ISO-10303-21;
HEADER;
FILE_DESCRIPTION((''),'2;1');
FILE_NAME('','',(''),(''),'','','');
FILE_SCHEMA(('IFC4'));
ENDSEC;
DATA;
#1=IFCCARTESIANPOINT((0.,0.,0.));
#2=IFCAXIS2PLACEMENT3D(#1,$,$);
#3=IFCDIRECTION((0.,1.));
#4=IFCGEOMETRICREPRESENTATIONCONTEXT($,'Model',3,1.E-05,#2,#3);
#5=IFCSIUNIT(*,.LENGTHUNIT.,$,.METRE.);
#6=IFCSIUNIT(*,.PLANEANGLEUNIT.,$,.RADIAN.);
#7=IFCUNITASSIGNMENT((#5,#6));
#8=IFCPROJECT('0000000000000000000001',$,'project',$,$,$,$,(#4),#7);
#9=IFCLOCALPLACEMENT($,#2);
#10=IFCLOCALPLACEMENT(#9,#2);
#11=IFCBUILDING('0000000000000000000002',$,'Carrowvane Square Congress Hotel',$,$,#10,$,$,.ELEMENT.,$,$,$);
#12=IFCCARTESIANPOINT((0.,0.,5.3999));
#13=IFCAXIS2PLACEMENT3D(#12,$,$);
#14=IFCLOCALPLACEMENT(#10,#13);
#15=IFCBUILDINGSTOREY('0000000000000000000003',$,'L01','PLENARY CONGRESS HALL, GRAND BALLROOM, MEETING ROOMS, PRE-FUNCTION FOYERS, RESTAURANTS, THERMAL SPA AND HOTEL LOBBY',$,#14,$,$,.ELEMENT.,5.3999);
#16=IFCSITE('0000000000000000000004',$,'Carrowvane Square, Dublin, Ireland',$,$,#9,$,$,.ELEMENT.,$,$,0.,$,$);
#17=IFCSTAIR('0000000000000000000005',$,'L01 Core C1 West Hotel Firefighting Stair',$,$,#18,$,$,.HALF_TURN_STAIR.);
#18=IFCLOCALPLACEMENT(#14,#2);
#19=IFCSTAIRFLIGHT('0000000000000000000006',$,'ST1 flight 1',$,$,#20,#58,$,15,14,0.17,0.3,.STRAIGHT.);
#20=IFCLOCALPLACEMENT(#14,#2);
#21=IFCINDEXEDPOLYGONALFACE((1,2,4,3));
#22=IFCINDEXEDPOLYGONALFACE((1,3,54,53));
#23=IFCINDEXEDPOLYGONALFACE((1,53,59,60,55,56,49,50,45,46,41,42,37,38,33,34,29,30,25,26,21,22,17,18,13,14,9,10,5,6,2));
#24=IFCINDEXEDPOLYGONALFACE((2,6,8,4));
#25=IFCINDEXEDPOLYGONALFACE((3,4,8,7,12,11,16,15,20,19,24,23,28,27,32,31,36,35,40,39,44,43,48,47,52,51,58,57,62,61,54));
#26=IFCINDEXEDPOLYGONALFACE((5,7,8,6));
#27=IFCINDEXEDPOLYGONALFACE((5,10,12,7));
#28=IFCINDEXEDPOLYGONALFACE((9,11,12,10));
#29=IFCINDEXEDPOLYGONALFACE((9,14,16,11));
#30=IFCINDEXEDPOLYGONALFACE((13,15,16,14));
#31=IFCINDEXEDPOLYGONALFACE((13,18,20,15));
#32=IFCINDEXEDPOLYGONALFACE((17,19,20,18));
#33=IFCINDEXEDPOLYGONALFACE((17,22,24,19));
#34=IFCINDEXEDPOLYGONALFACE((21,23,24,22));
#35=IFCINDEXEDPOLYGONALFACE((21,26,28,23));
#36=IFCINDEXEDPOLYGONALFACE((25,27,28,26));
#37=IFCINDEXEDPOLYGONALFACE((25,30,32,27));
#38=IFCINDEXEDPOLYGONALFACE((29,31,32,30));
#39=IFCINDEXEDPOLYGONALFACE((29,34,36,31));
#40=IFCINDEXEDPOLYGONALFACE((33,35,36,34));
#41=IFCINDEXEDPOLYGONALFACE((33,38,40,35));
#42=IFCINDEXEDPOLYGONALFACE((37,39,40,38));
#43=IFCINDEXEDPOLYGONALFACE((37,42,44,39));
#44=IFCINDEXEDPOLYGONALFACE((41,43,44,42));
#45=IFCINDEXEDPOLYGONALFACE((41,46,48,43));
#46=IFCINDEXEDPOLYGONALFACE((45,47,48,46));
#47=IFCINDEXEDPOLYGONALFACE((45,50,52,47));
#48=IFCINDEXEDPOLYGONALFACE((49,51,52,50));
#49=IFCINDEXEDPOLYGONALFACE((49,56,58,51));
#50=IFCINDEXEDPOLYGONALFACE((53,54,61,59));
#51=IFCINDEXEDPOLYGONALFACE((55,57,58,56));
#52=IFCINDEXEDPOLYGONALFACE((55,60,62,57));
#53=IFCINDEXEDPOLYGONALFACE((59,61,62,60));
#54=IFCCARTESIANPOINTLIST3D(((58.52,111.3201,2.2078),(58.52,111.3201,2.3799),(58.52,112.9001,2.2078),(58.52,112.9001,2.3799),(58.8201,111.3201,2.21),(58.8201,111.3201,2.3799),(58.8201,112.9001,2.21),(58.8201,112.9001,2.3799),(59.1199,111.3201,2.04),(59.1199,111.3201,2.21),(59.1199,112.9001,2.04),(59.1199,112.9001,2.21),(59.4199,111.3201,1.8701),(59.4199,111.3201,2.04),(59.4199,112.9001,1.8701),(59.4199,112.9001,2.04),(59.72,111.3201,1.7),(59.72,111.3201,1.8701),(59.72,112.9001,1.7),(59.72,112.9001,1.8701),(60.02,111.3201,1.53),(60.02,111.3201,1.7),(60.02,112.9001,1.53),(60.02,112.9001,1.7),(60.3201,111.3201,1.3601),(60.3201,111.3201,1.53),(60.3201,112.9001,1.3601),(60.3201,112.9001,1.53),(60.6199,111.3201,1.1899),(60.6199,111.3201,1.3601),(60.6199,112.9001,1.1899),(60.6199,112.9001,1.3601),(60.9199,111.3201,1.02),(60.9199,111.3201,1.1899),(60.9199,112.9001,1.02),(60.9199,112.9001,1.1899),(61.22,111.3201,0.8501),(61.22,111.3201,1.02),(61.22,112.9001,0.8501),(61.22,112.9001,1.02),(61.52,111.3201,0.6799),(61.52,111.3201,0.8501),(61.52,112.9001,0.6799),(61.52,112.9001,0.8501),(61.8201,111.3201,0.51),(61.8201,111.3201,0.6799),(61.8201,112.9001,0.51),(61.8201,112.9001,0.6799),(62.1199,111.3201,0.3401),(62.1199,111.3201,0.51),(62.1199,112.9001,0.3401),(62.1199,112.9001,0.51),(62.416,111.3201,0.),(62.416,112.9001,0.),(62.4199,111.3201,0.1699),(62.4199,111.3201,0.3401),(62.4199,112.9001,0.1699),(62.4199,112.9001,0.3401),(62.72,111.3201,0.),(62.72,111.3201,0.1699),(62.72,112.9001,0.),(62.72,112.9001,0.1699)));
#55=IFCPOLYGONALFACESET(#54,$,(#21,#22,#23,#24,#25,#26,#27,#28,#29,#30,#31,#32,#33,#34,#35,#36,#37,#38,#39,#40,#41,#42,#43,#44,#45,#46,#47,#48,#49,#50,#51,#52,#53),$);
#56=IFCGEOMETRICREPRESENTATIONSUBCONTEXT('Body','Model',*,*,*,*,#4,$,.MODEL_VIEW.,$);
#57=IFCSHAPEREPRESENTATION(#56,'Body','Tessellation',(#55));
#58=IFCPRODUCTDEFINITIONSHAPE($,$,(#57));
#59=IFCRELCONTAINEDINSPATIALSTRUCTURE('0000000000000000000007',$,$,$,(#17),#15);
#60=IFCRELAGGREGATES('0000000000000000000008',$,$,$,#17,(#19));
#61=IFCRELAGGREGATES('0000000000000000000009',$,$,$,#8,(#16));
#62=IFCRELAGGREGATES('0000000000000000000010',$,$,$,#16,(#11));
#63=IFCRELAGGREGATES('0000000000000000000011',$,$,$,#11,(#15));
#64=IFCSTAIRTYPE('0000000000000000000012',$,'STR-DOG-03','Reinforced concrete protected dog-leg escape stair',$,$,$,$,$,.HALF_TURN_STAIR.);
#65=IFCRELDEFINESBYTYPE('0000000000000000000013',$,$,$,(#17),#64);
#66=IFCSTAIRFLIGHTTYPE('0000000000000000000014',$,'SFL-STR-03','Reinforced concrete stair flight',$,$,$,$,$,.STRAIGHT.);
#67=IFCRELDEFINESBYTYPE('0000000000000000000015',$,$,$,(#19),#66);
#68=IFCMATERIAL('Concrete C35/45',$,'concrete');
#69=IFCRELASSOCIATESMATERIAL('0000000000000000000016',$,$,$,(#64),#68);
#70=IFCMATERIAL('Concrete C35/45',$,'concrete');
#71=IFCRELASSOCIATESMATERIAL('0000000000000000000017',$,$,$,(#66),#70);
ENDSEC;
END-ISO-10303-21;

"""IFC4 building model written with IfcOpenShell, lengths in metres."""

from ifc_helpers import new_model, si_unit, direction, frame, origin, place, context, subcontext, project, spatial, polyline, outline, extrude, material, type_object, element, aggregate, save


model = new_model("IFC4")

# Units and contexts
model_context = context("Model", 3, precision=1e-05, world=origin(), true_north=direction((0.0, 1.0)))
body_context = subcontext(model_context, "Body", "Model", "MODEL_VIEW")
ifc_project = project(units=[si_unit("LENGTHUNIT", "METRE"), si_unit("PLANEANGLEUNIT", "RADIAN")], contexts=[model_context])

# Site, building, storey
site_placement = place(None, origin())
site = spatial("IfcSite", under=ifc_project, at=site_placement, Name="Carrowvane Square, Dublin, Ireland", CompositionType="ELEMENT", RefElevation=0.0)
building_placement = place(site_placement, origin())
building = spatial("IfcBuilding", under=site, at=building_placement, Name="Carrowvane Square Congress Hotel", CompositionType="ELEMENT")
storey_placement = place(building_placement, frame((0.0, 0.0, 5.3999)))
storey = spatial("IfcBuildingStorey", under=building, at=storey_placement, Name="L01", Description="PLENARY CONGRESS HALL, GRAND BALLROOM, MEETING ROOMS, PRE-FUNCTION FOYERS, RESTAURANTS, THERMAL SPA AND HOTEL LOBBY", CompositionType="ELEMENT", Elevation=5.3999)

# Stair, stair flight
ifc_material_1 = material(Name="Concrete C35/45", Category="concrete")
stair_type = type_object("IfcStairType", Name="STR-DOG-03", Description="Reinforced concrete protected dog-leg escape stair", PredefinedType="HALF_TURN_STAIR", material=ifc_material_1)
stair_placement = place(storey_placement, origin())
stair = element("IfcStair", 1, at=stair_placement, inside=storey, type_object=stair_type, Name="L01 Core C1 West Hotel Firefighting Stair", PredefinedType="HALF_TURN_STAIR")
ifc_material_2 = material(Name="Concrete C35/45", Category="concrete")
stair_flight_type = type_object("IfcStairFlightType", Name="SFL-STR-03", Description="Reinforced concrete stair flight", PredefinedType="STRAIGHT", material=ifc_material_2)
stair_flight_placement = place(storey_placement, frame((62.72, 112.1101, 0.0), z_axis=(0.0, 0.0, 1.0), x_axis=(-1.0, 0.0, 0.0)))
stair_flight = element("IfcStairFlight", 2, at=stair_flight_placement, type_object=stair_flight_type, Name="ST1 flight 1", NumberOfRisers=15, NumberOfTreads=14, PredefinedType="STRAIGHT", RiserHeight=0.17, TreadLength=0.3, context=body_context, shape_type="SweptSolid", body=[
    extrude(outline(polyline([(0.0, 0.0), (0.0, 0.1699), (0.3, 0.1699), (0.3, 0.3401), (0.6001, 0.3401), (0.6001, 0.51), (0.8999, 0.51), (0.8999, 0.6799), (1.2, 0.6799), (1.2, 0.8501), (1.5, 0.8501), (1.5, 1.02), (1.8, 1.02), (1.8, 1.1899), (2.1001, 1.1899), (2.1001, 1.3601), (2.3999, 1.3601), (2.3999, 1.53), (2.7, 1.53), (2.7, 1.7), (3.0, 1.7), (3.0, 1.8701), (3.3, 1.8701), (3.3, 2.04), (3.6001, 2.04), (3.6001, 2.21), (3.8999, 2.21), (3.8999, 2.3799), (4.2, 2.3799), (4.2, 2.55), (4.2, 2.2078), (0.304, 0.0), (0.0, 0.0)])), frame((0.0, 0.79, 0.0), z_axis=(0.0, -1.0, 0.0), x_axis=(1.0, 0.0, 0.0)), (0.0, 0.0, 1.0), 1.5801),
])
aggregate(stair, [stair_flight])

save(model, "model.ifc")
